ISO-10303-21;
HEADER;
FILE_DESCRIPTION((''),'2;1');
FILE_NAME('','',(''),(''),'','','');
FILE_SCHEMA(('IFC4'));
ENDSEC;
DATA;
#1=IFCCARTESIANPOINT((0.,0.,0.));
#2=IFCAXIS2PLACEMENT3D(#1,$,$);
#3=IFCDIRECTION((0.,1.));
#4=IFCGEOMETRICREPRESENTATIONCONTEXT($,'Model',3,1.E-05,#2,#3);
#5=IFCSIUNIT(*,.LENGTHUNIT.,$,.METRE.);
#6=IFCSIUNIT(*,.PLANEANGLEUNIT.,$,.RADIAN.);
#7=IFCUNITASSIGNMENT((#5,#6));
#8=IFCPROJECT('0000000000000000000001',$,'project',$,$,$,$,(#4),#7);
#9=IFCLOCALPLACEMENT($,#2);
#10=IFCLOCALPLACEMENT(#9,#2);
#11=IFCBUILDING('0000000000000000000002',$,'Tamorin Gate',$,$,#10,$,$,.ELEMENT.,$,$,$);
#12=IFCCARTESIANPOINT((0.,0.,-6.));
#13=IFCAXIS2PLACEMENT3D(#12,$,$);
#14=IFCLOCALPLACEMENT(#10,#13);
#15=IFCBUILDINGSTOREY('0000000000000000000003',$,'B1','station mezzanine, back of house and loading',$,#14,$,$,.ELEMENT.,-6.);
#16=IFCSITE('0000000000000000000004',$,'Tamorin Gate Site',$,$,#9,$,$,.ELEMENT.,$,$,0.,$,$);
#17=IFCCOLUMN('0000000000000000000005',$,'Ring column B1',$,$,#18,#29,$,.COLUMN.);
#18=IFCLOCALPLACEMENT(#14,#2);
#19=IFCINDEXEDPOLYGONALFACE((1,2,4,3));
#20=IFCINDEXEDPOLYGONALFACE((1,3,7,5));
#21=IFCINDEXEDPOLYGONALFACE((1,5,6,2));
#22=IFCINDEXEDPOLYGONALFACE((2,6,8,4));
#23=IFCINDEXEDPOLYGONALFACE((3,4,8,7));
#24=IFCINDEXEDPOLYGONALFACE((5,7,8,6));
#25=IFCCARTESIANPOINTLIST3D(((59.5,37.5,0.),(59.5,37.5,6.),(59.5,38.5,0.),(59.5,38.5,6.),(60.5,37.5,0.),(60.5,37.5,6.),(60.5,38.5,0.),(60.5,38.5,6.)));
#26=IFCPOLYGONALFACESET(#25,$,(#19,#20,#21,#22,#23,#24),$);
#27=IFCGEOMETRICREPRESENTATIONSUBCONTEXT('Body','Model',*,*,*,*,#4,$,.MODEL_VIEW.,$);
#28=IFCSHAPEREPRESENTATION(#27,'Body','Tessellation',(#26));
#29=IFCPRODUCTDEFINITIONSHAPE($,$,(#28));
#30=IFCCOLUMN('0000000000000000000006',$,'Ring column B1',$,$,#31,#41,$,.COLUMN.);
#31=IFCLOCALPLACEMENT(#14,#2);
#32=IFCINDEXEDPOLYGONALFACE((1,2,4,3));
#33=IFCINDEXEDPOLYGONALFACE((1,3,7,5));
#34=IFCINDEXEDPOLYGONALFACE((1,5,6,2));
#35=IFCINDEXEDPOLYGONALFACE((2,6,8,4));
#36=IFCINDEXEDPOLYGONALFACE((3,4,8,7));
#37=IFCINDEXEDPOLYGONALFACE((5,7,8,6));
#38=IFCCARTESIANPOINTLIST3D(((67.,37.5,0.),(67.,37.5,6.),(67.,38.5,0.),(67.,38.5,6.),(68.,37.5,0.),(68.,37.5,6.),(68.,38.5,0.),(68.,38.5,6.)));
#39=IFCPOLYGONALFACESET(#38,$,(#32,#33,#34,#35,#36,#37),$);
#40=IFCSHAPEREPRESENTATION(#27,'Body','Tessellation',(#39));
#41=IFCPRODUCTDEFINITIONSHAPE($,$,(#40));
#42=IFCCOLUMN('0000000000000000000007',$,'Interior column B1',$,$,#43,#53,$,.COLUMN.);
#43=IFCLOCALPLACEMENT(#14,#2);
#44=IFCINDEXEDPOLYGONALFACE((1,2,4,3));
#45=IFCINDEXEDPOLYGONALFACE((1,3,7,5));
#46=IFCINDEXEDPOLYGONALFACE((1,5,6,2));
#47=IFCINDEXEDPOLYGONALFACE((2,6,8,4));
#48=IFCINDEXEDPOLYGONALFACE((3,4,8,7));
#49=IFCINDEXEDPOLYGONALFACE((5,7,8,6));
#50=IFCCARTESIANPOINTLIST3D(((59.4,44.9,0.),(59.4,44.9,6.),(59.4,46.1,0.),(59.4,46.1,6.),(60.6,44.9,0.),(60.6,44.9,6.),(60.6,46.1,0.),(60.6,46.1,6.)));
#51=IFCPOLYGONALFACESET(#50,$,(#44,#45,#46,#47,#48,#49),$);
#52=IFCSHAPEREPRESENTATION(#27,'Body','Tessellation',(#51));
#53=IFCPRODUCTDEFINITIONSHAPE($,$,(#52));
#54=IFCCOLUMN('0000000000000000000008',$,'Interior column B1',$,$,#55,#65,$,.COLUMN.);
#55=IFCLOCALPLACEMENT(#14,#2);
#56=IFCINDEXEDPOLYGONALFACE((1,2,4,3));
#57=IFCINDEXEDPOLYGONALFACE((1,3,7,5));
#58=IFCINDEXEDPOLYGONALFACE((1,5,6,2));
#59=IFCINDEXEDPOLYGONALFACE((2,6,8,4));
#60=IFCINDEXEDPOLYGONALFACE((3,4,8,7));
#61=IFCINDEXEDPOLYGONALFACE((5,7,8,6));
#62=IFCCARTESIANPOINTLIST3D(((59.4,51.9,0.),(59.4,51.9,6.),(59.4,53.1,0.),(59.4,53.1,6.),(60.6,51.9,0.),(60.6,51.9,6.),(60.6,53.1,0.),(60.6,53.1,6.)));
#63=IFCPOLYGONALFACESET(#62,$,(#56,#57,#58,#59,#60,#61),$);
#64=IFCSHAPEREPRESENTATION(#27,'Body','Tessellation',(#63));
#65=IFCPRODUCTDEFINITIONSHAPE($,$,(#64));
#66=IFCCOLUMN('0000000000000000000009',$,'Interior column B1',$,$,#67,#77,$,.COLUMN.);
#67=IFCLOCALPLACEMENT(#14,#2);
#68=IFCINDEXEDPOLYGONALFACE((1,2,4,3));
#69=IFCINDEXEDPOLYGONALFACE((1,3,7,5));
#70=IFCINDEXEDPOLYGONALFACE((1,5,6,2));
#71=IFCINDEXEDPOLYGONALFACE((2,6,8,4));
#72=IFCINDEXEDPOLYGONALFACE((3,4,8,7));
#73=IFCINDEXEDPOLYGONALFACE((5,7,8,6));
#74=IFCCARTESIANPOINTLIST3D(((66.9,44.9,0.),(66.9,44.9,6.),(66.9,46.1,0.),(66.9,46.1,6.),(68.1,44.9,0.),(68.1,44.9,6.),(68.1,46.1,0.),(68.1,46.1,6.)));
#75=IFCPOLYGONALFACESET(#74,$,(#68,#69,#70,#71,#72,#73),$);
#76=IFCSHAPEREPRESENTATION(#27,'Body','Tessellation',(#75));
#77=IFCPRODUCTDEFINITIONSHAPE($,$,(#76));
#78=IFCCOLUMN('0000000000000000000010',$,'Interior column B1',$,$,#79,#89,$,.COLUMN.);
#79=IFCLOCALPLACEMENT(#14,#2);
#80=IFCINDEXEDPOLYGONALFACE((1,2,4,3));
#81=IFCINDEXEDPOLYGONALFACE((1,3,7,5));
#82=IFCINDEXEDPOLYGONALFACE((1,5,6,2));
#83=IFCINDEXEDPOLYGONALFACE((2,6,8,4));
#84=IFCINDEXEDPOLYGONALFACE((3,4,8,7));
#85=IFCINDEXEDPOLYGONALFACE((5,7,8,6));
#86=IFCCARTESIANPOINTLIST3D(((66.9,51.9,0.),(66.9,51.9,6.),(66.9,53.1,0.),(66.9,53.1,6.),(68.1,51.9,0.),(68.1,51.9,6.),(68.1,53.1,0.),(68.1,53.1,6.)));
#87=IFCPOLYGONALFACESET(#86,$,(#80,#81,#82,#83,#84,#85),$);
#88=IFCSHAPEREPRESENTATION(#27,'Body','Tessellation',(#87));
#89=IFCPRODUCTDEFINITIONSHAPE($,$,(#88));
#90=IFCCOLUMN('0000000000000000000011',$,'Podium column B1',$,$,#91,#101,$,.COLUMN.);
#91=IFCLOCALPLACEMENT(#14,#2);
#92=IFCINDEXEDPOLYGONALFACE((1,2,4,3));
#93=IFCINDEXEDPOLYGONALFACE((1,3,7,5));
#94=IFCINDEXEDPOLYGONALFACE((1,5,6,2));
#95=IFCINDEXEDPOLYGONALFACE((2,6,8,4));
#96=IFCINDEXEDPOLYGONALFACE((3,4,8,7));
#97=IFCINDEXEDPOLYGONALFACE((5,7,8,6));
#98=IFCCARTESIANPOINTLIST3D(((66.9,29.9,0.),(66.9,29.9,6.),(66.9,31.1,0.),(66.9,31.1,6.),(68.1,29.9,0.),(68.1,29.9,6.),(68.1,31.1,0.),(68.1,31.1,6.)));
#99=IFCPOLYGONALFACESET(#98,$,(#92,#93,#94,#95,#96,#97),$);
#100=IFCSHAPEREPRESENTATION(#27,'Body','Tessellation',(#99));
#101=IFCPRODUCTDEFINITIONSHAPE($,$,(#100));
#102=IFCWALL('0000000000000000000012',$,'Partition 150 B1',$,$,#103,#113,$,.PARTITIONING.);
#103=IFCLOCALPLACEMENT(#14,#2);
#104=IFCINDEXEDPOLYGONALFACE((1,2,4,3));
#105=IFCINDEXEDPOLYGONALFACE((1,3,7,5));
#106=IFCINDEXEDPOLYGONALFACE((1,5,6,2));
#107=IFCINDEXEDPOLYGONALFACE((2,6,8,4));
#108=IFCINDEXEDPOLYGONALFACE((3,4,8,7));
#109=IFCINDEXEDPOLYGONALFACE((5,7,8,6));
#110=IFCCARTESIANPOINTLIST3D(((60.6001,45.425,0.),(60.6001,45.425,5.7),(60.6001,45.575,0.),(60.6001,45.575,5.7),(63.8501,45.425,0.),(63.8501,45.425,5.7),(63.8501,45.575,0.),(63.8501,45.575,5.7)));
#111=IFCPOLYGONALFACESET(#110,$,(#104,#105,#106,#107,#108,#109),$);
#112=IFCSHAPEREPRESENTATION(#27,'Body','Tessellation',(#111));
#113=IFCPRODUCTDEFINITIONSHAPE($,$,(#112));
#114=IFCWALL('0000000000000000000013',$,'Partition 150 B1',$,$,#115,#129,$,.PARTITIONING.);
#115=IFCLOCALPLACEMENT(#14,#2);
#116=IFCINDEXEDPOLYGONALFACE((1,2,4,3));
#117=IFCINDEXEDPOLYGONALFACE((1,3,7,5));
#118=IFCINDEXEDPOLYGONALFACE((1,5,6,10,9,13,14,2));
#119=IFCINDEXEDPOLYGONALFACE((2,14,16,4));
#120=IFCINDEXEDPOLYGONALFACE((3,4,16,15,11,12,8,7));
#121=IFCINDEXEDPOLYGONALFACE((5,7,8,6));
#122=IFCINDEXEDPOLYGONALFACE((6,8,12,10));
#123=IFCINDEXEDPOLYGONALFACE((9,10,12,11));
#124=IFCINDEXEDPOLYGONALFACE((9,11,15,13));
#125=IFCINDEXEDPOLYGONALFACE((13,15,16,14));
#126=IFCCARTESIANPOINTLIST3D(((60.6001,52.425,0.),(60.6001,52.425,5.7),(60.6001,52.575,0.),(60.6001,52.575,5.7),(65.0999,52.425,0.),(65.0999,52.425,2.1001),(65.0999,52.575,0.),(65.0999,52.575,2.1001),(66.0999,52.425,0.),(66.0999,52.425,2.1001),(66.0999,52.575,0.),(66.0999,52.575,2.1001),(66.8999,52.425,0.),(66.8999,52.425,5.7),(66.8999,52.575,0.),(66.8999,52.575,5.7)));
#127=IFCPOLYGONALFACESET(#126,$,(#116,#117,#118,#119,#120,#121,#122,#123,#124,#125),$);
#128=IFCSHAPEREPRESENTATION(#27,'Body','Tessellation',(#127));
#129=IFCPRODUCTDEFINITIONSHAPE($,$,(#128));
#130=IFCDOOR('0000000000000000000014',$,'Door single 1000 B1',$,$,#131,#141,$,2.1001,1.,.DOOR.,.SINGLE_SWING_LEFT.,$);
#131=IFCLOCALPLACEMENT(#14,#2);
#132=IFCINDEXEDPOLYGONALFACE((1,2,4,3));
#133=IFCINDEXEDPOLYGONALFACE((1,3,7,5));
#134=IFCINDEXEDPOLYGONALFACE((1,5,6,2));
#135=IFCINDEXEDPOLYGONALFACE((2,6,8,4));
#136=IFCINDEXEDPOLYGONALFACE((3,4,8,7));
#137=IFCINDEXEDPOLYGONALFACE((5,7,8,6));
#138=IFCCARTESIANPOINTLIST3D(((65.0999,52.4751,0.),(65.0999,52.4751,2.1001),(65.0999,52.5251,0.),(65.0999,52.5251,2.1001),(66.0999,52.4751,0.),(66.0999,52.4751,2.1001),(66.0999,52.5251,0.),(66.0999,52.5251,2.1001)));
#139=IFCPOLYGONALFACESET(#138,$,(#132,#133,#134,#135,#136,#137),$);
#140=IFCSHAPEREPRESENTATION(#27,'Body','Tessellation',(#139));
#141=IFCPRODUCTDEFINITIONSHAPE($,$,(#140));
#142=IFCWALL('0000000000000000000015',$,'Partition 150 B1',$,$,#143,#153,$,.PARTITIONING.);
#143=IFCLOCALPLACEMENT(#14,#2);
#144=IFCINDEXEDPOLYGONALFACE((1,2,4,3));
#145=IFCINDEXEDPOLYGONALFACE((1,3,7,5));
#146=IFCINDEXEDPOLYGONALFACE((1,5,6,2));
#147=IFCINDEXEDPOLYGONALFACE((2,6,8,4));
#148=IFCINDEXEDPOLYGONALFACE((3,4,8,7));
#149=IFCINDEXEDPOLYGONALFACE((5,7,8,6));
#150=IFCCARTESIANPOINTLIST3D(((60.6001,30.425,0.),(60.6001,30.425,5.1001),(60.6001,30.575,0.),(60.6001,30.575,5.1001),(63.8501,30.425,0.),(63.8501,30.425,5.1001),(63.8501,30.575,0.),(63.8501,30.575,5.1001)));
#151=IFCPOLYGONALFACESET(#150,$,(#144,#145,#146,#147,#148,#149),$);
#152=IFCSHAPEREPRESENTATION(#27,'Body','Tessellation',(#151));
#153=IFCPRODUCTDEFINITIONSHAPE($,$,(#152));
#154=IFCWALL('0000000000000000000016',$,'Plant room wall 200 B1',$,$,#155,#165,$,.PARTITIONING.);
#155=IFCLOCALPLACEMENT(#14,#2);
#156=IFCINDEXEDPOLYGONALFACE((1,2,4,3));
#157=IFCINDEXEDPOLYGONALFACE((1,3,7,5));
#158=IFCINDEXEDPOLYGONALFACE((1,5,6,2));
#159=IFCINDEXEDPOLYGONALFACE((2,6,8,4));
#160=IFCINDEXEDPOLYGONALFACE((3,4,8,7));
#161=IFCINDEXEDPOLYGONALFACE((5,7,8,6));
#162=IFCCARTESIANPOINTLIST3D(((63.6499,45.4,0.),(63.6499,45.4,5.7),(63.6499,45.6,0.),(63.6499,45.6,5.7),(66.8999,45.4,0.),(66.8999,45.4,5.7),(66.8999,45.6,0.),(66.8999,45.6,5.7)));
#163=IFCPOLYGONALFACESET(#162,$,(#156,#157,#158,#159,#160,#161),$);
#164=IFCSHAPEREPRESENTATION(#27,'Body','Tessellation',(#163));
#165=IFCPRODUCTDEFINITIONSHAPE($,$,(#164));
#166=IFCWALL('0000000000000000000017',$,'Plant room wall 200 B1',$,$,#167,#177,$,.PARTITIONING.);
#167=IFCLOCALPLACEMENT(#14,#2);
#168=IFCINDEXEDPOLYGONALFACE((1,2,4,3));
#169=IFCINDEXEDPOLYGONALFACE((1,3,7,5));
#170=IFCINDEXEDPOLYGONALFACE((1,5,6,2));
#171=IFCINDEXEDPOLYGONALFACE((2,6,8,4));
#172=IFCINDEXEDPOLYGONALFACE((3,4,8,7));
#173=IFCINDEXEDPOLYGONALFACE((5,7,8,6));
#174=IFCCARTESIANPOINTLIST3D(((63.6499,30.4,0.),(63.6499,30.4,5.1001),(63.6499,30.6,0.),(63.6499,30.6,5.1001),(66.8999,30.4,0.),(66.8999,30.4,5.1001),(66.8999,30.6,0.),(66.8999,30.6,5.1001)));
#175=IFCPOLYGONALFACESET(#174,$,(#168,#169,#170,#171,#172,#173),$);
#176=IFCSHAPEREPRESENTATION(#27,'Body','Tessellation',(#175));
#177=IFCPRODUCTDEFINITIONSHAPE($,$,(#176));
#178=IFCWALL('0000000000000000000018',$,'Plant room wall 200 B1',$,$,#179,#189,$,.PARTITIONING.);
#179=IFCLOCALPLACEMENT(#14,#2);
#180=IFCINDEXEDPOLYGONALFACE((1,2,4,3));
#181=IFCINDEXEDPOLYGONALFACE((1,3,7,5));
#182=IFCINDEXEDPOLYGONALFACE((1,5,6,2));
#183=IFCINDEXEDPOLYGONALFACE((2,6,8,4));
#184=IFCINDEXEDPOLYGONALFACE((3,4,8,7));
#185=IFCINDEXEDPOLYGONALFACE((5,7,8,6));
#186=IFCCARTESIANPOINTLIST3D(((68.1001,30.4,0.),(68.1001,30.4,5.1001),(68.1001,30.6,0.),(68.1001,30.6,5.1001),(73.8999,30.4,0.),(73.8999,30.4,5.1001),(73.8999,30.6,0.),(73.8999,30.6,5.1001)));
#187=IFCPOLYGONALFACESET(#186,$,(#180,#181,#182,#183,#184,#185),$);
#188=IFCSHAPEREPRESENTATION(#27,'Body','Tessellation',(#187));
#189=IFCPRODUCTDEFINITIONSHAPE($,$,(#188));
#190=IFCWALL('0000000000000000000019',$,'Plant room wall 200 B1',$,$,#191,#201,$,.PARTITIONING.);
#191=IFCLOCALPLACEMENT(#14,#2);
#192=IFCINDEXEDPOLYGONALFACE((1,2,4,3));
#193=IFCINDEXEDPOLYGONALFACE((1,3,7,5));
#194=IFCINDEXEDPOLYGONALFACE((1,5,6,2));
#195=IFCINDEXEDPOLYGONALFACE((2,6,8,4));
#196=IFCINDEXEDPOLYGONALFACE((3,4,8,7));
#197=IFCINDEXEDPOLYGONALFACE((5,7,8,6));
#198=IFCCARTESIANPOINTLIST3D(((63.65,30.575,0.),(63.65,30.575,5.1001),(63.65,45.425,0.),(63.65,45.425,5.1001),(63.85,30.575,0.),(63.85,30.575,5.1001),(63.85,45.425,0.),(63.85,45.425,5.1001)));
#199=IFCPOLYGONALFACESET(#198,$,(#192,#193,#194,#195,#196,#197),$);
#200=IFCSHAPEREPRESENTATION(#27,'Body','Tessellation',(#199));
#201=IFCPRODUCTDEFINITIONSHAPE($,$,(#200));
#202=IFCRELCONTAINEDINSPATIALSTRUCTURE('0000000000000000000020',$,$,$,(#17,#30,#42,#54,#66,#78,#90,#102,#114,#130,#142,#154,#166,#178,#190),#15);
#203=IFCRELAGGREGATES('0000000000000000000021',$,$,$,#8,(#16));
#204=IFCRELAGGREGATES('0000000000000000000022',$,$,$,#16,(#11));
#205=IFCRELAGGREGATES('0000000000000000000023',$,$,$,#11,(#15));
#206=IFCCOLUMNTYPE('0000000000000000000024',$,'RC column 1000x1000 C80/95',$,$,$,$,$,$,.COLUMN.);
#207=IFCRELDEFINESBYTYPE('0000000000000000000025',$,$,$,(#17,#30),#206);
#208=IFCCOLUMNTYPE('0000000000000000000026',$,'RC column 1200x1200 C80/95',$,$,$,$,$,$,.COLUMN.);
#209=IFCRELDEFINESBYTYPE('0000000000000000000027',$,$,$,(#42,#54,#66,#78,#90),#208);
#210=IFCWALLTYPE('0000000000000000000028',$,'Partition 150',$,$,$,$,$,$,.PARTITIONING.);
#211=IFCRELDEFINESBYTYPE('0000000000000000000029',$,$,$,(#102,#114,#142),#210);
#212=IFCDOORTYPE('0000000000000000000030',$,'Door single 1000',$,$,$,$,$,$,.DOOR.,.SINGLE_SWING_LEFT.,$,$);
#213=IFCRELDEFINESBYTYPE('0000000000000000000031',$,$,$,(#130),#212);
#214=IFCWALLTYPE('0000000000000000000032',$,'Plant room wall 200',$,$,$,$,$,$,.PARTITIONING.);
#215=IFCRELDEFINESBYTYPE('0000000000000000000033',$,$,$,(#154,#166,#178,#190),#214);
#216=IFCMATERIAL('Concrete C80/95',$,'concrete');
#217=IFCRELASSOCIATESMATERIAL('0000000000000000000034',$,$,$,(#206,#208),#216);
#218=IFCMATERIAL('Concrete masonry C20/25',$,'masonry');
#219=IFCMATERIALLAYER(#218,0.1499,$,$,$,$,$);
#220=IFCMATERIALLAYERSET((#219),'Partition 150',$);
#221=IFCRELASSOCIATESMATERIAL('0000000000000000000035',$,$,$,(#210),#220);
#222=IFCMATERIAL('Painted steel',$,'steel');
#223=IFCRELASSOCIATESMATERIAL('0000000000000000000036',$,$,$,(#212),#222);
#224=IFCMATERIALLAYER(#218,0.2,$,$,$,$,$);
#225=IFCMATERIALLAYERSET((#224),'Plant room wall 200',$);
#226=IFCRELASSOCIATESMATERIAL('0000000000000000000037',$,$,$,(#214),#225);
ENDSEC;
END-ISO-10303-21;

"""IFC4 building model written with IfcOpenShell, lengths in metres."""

from ifc_helpers import new_model, si_unit, direction, frame, frame_2d, origin, origin_2d, place, context, subcontext, project, spatial, rectangle, extrude, material, layer, layer_set, material_profile, profile_set, type_object, element, fill, save


model = new_model("IFC4")

# Units and contexts
model_context = context("Model", 3, precision=1e-05, world=origin(), true_north=direction((0.0, 1.0)))
body_context = subcontext(model_context, "Body", "Model", "MODEL_VIEW")
ifc_project = project(units=[si_unit("LENGTHUNIT", "METRE"), si_unit("PLANEANGLEUNIT", "RADIAN")], contexts=[model_context])

# Site, building, storey
site_placement = place(None, origin())
site = spatial("IfcSite", under=ifc_project, at=site_placement, Name="Tamorin Gate Site", CompositionType="ELEMENT", RefElevation=0.0)
building_placement = place(site_placement, origin())
building = spatial("IfcBuilding", under=site, at=building_placement, Name="Tamorin Gate", CompositionType="ELEMENT")
storey_placement = place(building_placement, frame((0.0, 0.0, -6.0)))
storey = spatial("IfcBuildingStorey", under=building, at=storey_placement, Name="B1", Description="station mezzanine, back of house and loading", CompositionType="ELEMENT", Elevation=-6.0)

# Columns
ifc_material_1 = material(Name="Concrete C80/95", Category="concrete")
ifc_material_profile_1 = material_profile(ifc_material_1, rectangle(XDim=1.0, YDim=1.0, at=origin_2d()), Name="RC 1000x1000")
ifc_profile_set_1 = profile_set([ifc_material_profile_1], Name="Concrete C80/95")
column_type_1 = type_object("IfcColumnType", Name="RC column 1000x1000 C80/95", PredefinedType="COLUMN", material=ifc_profile_set_1)
for number, where, z_axis, x_axis, name in (
    (1, (60.0, 38.0, 0.0), (0.0, 0.0, 1.0), (1.0, 0.0, 0.0), "Ring column B1"),
    (2, (67.5, 38.0, 0.0), (0.0, 0.0, 1.0), (1.0, 0.0, 0.0), "Ring column B1"),
):
    element("IfcColumn", number, at=place(storey_placement, frame(where, z_axis=z_axis, x_axis=x_axis)), inside=storey, type_object=column_type_1, Name=name, PredefinedType="COLUMN", context=body_context, shape_type="SweptSolid", body=[
        extrude(rectangle(XDim=1.0, YDim=1.0, at=origin_2d()), origin(), (0.0, 0.0, 1.0), 6.0),
    ])
ifc_material_profile_2 = material_profile(ifc_material_1, rectangle(XDim=1.2, YDim=1.2, at=origin_2d()), Name="RC 1200x1200")
ifc_profile_set_2 = profile_set([ifc_material_profile_2], Name="Concrete C80/95")
column_type_2 = type_object("IfcColumnType", Name="RC column 1200x1200 C80/95", PredefinedType="COLUMN", material=ifc_profile_set_2)
for number, where, z_axis, x_axis, name in (
    (3, (60.0, 45.5, 0.0), (0.0, 0.0, 1.0), (1.0, 0.0, 0.0), "Interior column B1"),
    (4, (60.0, 52.5, 0.0), (0.0, 0.0, 1.0), (1.0, 0.0, 0.0), "Interior column B1"),
    (5, (67.5, 45.5, 0.0), (0.0, 0.0, 1.0), (1.0, 0.0, 0.0), "Interior column B1"),
    (6, (67.5, 52.5, 0.0), (0.0, 0.0, 1.0), (1.0, 0.0, 0.0), "Interior column B1"),
    (7, (67.5, 30.5, 0.0), (0.0, 0.0, 1.0), (1.0, 0.0, 0.0), "Podium column B1"),
):
    element("IfcColumn", number, at=place(storey_placement, frame(where, z_axis=z_axis, x_axis=x_axis)), inside=storey, type_object=column_type_2, Name=name, PredefinedType="COLUMN", context=body_context, shape_type="SweptSolid", body=[
        extrude(rectangle(XDim=1.2, YDim=1.2, at=origin_2d()), origin(), (0.0, 0.0, 1.0), 6.0),
    ])

# Wall
ifc_material_2 = material(Name="Concrete masonry C20/25", Category="masonry")
ifc_layer_1 = layer(ifc_material_2, 0.1499)
ifc_layer_set_1 = layer_set([ifc_layer_1], Name="Partition 150")
wall_type_1 = type_object("IfcWallType", Name="Partition 150", PredefinedType="PARTITIONING", material=ifc_layer_set_1)
wall_1_placement = place(storey_placement, frame((60.6001, 45.5, 0.0), z_axis=(0.0, 0.0, 1.0), x_axis=(1.0, 0.0, 0.0)))
element("IfcWall", 8, at=wall_1_placement, inside=storey, type_object=wall_type_1, Name="Partition 150 B1", PredefinedType="PARTITIONING", context=body_context, shape_type="SweptSolid", body=[
    extrude(rectangle(XDim=3.25, YDim=0.1499, at=frame_2d((1.625, 0.0))), origin(), (0.0, 0.0, 1.0), 5.7),
])

# Wall, opening, door
wall_2_placement = place(storey_placement, frame((66.8999, 52.5, 0.0), z_axis=(0.0, 0.0, 1.0), x_axis=(-1.0, 0.0, 0.0)))
wall_2 = element("IfcWall", 9, at=wall_2_placement, inside=storey, type_object=wall_type_1, Name="Partition 150 B1", PredefinedType="PARTITIONING", context=body_context, shape_type="SweptSolid", body=[
    extrude(rectangle(XDim=6.2998, YDim=0.1499, at=frame_2d((3.1499, 0.0))), origin(), (0.0, 0.0, 1.0), 5.7),
])
opening_1_placement = place(wall_2_placement, frame((0.8, 0.0, 0.0)))
opening_1 = element("IfcOpeningElement", 10, at=opening_1_placement, cuts=wall_2, PredefinedType="OPENING", context=body_context, shape_type="SweptSolid", body=[
    extrude(rectangle(XDim=1.0, YDim=2.1001, at=frame_2d((0.5, 1.05))), frame((0.0, 0.085, 0.0), z_axis=(0.0, -1.0, 0.0), x_axis=(1.0, 0.0, 0.0)), (0.0, 0.0, 1.0), 0.1699),
])
ifc_material_3 = material(Name="Painted steel", Category="steel")
door_type_1 = type_object("IfcDoorType", Name="Door single 1000", OperationType="SINGLE_SWING_LEFT", PredefinedType="DOOR", material=ifc_material_3)
door_1_placement = place(opening_1_placement, origin())
door_1 = element("IfcDoor", 11, at=door_1_placement, inside=storey, type_object=door_type_1, Name="Door single 1000 B1", OperationType="SINGLE_SWING_LEFT", OverallHeight=2.1001, OverallWidth=1.0, PredefinedType="DOOR", context=body_context, shape_type="SweptSolid", body=[
    extrude(rectangle(XDim=1.0, YDim=2.1001, at=frame_2d((0.5, 1.05))), frame((0.0, 0.0249, 0.0), z_axis=(0.0, -1.0, 0.0), x_axis=(1.0, 0.0, 0.0)), (0.0, 0.0, 1.0), 0.05),
])
fill(opening_1, door_1)

# Walls
wall_3_placement = place(storey_placement, frame((60.6001, 30.5, 0.0), z_axis=(0.0, 0.0, 1.0), x_axis=(1.0, 0.0, 0.0)))
element("IfcWall", 12, at=wall_3_placement, inside=storey, type_object=wall_type_1, Name="Partition 150 B1", PredefinedType="PARTITIONING", context=body_context, shape_type="SweptSolid", body=[
    extrude(rectangle(XDim=3.25, YDim=0.1499, at=frame_2d((1.625, 0.0))), origin(), (0.0, 0.0, 1.0), 5.1001),
])
ifc_layer_2 = layer(ifc_material_2, 0.2)
ifc_layer_set_2 = layer_set([ifc_layer_2], Name="Plant room wall 200")
wall_type_2 = type_object("IfcWallType", Name="Plant room wall 200", PredefinedType="PARTITIONING", material=ifc_layer_set_2)
wall_4_placement = place(storey_placement, frame((63.6499, 45.5, 0.0), z_axis=(0.0, 0.0, 1.0), x_axis=(1.0, 0.0, 0.0)))
element("IfcWall", 13, at=wall_4_placement, inside=storey, type_object=wall_type_2, Name="Plant room wall 200 B1", PredefinedType="PARTITIONING", context=body_context, shape_type="SweptSolid", body=[
    extrude(rectangle(XDim=3.25, YDim=0.2, at=frame_2d((1.625, 0.0))), origin(), (0.0, 0.0, 1.0), 5.7),
])

# Walls
wall_5_placement = place(storey_placement, frame((63.6499, 30.5, 0.0), z_axis=(0.0, 0.0, 1.0), x_axis=(1.0, 0.0, 0.0)))
element("IfcWall", 14, at=wall_5_placement, inside=storey, type_object=wall_type_2, Name="Plant room wall 200 B1", PredefinedType="PARTITIONING", context=body_context, shape_type="SweptSolid", body=[
    extrude(rectangle(XDim=3.25, YDim=0.2, at=frame_2d((1.625, 0.0))), origin(), (0.0, 0.0, 1.0), 5.1001),
])
wall_6_placement = place(storey_placement, frame((68.1001, 30.5, 0.0), z_axis=(0.0, 0.0, 1.0), x_axis=(1.0, 0.0, 0.0)))
element("IfcWall", 15, at=wall_6_placement, inside=storey, type_object=wall_type_2, Name="Plant room wall 200 B1", PredefinedType="PARTITIONING", context=body_context, shape_type="SweptSolid", body=[
    extrude(rectangle(XDim=5.7998, YDim=0.2, at=frame_2d((2.8999, 0.0))), origin(), (0.0, 0.0, 1.0), 5.1001),
])
wall_7_placement = place(storey_placement, frame((63.75, 30.575, 0.0), z_axis=(0.0, 0.0, 1.0), x_axis=(0.0, 1.0, 0.0)))
element("IfcWall", 16, at=wall_7_placement, inside=storey, type_object=wall_type_2, Name="Plant room wall 200 B1", PredefinedType="PARTITIONING", context=body_context, shape_type="SweptSolid", body=[
    extrude(rectangle(XDim=14.8501, YDim=0.2, at=frame_2d((7.425, 0.0))), origin(), (0.0, 0.0, 1.0), 5.1001),
])

save(model, "model.ifc")
